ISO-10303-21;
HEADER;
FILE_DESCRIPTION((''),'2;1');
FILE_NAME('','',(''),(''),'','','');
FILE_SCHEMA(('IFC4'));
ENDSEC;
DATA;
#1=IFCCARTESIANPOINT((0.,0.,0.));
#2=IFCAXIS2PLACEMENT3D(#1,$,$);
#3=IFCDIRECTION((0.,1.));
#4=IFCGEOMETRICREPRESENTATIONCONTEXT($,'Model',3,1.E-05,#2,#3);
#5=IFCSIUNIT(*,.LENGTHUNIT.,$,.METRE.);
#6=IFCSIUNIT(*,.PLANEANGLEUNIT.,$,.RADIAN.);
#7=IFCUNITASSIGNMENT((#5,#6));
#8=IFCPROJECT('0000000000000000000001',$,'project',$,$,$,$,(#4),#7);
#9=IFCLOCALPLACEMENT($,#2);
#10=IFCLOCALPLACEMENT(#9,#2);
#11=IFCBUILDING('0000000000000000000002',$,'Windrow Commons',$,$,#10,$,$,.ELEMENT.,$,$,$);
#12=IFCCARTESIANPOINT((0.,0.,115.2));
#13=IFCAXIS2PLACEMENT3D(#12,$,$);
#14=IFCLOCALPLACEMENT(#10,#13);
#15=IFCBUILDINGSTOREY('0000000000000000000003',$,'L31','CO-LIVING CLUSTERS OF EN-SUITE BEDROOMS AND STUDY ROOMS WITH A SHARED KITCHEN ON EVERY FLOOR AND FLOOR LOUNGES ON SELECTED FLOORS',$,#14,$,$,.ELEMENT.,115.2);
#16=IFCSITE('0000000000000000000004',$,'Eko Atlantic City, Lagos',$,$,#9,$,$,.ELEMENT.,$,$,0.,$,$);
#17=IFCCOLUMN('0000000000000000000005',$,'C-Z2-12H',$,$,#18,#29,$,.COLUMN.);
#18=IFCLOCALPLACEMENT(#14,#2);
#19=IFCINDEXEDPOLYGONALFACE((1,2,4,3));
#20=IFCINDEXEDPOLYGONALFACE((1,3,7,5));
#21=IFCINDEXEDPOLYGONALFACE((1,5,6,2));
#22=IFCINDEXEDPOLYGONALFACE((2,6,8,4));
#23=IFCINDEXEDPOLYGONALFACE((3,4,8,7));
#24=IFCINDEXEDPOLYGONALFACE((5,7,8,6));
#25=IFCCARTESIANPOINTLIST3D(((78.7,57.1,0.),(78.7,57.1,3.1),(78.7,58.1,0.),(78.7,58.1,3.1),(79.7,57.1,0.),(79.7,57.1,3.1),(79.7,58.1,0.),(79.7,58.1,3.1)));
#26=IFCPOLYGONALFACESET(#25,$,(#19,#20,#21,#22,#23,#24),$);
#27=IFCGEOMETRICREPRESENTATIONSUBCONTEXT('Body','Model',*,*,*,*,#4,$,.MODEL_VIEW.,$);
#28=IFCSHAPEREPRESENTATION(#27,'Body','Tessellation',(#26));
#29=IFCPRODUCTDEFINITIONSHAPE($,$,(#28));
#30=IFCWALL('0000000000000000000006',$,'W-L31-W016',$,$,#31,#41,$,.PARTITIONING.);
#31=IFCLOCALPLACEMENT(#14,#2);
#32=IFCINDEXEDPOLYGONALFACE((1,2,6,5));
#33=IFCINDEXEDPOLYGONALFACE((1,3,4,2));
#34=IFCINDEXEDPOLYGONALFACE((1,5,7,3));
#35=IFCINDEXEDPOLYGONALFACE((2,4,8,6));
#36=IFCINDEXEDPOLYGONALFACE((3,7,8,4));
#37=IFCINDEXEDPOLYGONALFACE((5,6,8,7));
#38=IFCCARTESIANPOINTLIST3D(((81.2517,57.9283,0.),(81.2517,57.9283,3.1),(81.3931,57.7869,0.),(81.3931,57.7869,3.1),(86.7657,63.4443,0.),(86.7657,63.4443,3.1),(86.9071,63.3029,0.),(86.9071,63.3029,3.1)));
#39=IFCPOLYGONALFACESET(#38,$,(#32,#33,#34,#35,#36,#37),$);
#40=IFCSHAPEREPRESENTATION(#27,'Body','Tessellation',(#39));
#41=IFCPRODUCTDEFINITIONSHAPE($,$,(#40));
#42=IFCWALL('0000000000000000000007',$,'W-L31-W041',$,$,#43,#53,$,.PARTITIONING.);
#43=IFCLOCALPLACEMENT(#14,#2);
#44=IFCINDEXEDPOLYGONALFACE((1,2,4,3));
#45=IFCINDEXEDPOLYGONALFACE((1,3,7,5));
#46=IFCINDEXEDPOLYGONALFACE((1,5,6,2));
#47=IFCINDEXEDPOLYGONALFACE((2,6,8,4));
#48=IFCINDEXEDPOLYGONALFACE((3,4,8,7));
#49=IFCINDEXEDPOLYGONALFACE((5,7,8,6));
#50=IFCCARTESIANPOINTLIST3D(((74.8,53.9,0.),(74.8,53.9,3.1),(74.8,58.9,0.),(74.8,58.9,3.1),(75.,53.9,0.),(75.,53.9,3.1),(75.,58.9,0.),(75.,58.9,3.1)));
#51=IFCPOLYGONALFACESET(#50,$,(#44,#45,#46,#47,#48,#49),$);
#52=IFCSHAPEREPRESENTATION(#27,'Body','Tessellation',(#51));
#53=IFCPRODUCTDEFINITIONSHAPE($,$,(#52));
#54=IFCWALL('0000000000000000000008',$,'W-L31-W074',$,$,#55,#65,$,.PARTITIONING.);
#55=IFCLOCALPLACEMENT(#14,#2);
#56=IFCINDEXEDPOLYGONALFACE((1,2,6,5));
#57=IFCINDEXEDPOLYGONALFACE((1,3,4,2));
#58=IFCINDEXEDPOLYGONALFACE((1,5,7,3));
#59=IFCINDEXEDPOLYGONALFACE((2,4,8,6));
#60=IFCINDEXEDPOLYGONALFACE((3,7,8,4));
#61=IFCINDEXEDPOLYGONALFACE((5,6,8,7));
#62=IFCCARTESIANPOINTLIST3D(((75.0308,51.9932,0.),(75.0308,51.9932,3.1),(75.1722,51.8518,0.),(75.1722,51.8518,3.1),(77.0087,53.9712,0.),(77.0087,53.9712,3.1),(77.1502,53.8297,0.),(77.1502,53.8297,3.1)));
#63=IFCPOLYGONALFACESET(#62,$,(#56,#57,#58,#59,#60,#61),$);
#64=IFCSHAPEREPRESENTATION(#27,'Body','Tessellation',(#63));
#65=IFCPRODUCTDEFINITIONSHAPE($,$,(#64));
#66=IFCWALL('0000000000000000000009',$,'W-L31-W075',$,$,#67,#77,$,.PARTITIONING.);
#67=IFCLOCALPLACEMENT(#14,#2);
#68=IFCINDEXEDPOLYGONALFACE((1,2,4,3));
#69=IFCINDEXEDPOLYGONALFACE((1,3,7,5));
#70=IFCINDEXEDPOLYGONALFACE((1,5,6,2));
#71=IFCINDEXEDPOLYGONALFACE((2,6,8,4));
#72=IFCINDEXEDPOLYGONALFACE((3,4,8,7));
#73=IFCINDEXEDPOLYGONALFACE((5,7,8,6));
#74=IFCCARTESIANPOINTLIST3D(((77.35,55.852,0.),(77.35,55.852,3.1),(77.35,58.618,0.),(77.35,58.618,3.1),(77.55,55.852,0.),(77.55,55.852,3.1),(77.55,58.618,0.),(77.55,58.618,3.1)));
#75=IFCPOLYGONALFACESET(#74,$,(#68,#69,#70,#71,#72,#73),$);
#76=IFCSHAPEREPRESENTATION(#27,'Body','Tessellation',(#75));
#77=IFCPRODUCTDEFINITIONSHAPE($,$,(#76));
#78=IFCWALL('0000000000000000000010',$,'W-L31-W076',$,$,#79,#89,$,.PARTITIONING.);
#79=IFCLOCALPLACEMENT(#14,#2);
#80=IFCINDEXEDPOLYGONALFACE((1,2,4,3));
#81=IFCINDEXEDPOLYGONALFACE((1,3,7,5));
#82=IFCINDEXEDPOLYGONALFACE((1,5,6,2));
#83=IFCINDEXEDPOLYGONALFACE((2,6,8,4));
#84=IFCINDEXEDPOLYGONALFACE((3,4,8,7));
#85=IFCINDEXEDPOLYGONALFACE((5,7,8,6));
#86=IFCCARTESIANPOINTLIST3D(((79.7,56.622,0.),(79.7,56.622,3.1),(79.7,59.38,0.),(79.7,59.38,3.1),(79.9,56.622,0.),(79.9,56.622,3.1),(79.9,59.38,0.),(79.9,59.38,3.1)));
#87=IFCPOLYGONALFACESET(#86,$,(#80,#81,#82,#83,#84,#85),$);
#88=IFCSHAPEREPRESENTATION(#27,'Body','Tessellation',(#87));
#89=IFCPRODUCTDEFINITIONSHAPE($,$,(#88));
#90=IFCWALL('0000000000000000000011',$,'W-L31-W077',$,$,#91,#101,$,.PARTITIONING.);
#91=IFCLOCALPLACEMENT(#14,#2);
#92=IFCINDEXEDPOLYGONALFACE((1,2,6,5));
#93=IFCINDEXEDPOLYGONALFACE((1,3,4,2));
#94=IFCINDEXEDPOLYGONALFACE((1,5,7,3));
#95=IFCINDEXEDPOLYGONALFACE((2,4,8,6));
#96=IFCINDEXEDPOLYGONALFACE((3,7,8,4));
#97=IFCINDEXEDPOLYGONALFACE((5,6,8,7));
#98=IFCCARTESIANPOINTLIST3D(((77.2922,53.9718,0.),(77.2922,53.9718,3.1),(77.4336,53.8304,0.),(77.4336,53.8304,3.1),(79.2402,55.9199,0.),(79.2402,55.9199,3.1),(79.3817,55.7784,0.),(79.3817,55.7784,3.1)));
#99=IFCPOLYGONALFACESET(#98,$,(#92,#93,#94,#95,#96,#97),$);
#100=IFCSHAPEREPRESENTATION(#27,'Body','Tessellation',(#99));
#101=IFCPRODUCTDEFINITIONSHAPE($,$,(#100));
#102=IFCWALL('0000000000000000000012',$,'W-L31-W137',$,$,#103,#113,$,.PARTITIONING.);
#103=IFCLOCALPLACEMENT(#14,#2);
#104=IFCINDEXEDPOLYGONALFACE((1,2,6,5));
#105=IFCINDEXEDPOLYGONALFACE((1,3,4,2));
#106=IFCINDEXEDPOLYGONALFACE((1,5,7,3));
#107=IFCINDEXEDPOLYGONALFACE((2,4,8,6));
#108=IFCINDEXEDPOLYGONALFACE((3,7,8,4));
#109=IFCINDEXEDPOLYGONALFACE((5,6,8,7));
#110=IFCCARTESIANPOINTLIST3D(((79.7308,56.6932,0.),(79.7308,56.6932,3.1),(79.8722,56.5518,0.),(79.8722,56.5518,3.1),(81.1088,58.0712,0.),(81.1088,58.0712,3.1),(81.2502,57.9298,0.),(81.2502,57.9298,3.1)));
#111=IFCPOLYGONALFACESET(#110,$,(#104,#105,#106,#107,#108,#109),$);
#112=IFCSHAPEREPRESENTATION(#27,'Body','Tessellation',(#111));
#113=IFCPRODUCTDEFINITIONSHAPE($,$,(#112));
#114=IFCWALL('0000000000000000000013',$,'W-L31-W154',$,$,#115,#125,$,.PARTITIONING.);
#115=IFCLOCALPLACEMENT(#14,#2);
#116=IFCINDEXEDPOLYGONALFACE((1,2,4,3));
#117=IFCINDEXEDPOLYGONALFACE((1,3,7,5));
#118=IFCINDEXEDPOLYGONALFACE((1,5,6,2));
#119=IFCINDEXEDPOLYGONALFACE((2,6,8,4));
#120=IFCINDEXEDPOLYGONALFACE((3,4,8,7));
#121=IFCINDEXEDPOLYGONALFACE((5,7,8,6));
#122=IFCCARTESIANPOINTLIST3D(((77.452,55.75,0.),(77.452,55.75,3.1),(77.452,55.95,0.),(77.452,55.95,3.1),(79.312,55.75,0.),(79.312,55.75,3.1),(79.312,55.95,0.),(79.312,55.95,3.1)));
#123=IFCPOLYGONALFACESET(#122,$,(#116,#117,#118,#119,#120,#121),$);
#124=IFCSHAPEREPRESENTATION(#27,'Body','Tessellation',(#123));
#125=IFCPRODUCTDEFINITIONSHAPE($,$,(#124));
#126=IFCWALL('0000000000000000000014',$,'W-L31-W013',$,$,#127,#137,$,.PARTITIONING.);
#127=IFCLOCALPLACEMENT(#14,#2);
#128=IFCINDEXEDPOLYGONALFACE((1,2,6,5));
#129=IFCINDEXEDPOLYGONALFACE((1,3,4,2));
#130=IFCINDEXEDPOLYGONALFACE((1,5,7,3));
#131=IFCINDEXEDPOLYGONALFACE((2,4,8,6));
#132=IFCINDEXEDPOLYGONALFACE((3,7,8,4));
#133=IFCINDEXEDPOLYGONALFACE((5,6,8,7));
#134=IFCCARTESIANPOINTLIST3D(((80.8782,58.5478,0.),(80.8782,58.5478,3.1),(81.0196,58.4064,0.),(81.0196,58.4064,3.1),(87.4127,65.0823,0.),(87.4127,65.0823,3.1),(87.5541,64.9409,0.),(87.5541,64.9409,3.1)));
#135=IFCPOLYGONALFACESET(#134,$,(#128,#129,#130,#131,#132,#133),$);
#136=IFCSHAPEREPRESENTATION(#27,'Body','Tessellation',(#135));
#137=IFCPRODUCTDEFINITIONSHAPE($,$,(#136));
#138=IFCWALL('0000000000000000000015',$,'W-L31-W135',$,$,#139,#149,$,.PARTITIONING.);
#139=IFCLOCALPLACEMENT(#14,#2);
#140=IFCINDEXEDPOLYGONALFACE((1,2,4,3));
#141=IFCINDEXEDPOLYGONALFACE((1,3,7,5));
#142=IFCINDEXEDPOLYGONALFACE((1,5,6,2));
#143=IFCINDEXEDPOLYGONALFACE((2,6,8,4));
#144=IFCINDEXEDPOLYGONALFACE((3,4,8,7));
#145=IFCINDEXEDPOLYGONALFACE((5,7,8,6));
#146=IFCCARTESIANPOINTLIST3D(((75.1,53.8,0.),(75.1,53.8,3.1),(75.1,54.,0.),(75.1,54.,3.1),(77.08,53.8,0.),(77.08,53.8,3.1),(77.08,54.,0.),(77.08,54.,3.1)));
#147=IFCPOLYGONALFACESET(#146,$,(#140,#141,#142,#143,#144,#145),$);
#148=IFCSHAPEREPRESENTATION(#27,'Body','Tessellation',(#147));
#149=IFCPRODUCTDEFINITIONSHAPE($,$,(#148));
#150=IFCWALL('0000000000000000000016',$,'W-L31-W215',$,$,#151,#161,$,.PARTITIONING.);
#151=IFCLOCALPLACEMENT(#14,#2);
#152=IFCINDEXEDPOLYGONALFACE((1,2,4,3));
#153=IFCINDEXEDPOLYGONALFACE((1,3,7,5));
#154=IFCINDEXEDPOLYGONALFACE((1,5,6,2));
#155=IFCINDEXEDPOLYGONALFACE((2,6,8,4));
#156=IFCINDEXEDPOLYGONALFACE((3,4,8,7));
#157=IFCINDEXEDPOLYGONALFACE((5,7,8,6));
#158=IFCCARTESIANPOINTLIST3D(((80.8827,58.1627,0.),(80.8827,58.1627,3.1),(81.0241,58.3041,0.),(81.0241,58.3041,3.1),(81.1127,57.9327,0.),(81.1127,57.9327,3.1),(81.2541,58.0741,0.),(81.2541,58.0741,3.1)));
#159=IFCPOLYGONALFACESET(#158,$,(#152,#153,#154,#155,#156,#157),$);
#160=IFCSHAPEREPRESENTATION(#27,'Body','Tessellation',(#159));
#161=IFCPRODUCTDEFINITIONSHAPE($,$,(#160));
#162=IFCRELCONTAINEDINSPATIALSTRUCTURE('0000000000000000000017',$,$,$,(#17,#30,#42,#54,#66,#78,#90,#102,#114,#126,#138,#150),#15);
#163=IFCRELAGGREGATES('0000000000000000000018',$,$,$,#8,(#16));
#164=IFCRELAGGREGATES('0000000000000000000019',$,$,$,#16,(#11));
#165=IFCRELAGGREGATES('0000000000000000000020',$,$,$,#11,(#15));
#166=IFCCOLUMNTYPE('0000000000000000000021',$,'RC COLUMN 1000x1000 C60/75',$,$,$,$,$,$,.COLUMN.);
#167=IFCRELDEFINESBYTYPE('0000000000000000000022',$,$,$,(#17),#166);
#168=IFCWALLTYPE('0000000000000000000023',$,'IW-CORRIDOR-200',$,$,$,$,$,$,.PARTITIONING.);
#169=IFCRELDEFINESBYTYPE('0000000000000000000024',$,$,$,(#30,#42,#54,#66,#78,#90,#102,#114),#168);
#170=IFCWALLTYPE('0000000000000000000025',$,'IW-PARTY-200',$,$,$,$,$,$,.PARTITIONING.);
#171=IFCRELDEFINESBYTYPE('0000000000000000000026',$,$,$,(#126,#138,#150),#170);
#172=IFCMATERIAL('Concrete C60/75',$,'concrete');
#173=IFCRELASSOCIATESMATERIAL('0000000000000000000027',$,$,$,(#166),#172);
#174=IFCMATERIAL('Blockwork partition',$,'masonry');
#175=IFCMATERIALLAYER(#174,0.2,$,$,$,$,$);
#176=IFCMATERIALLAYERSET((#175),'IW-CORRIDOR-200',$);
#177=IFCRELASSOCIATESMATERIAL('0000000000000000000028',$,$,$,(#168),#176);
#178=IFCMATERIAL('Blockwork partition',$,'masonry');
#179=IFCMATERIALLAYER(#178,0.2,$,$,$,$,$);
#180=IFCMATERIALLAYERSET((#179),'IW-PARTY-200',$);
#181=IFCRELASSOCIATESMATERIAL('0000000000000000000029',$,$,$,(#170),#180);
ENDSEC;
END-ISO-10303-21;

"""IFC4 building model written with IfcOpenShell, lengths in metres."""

from ifc_helpers import new_model, si_unit, direction, frame, frame_2d, origin, origin_2d, place, context, subcontext, project, spatial, rectangle, extrude, material, layer, layer_set, material_profile, profile_set, type_object, element, save


model = new_model("IFC4")

# Units and contexts
model_context = context("Model", 3, precision=1e-05, world=origin(), true_north=direction((0.0, 1.0)))
body_context = subcontext(model_context, "Body", "Model", "MODEL_VIEW")
ifc_project = project(units=[si_unit("LENGTHUNIT", "METRE"), si_unit("PLANEANGLEUNIT", "RADIAN")], contexts=[model_context])

# Site, building, storey
site_placement = place(None, origin())
site = spatial("IfcSite", under=ifc_project, at=site_placement, Name="Eko Atlantic City, Lagos", CompositionType="ELEMENT", RefElevation=0.0)
building_placement = place(site_placement, origin())
building = spatial("IfcBuilding", under=site, at=building_placement, Name="Windrow Commons", CompositionType="ELEMENT")
storey_placement = place(building_placement, frame((0.0, 0.0, 115.2)))
storey = spatial("IfcBuildingStorey", under=building, at=storey_placement, Name="L31", Description="CO-LIVING CLUSTERS OF EN-SUITE BEDROOMS AND STUDY ROOMS WITH A SHARED KITCHEN ON EVERY FLOOR AND FLOOR LOUNGES ON SELECTED FLOORS", CompositionType="ELEMENT", Elevation=115.2)

# Column
ifc_material_1 = material(Name="Concrete C60/75", Category="concrete")
ifc_material_profile = material_profile(ifc_material_1, rectangle(XDim=1.0, YDim=1.0, at=origin_2d()))
ifc_profile_set = profile_set([ifc_material_profile], Name="Concrete C60/75")
column_type = type_object("IfcColumnType", Name="RC COLUMN 1000x1000 C60/75", PredefinedType="COLUMN", material=ifc_profile_set)
column_placement = place(storey_placement, frame((79.2, 57.6, 0.0), z_axis=(0.0, 0.0, 1.0), x_axis=(1.0, 0.0, 0.0)))
element("IfcColumn", 1, at=column_placement, inside=storey, type_object=column_type, Name="C-Z2-12H", PredefinedType="COLUMN", context=body_context, shape_type="SweptSolid", body=[
    extrude(rectangle(XDim=1.0, YDim=1.0, at=origin_2d()), origin(), (0.0, 0.0, 1.0), 3.1),
])

# Walls
ifc_material_2 = material(Name="Blockwork partition", Category="masonry")
ifc_layer_1 = layer(ifc_material_2, 0.2)
ifc_layer_set_1 = layer_set([ifc_layer_1], Name="IW-CORRIDOR-200")
wall_type_1 = type_object("IfcWallType", Name="IW-CORRIDOR-200", PredefinedType="PARTITIONING", material=ifc_layer_set_1)
wall_1_placement = place(storey_placement, frame((81.3224, 57.8576, 0.0), z_axis=(0.0, 0.0, 1.0), x_axis=(0.706979, 0.707235, 0.0)))
element("IfcWall", 2, at=wall_1_placement, inside=storey, type_object=wall_type_1, Name="W-L31-W016", PredefinedType="PARTITIONING", context=body_context, shape_type="SweptSolid", body=[
    extrude(rectangle(XDim=7.7994, YDim=0.2, at=frame_2d((3.8997, 0.0))), origin(), (0.0, 0.0, 1.0), 3.1),
])
wall_2_placement = place(storey_placement, frame((74.9, 53.9, 0.0), z_axis=(0.0, 0.0, 1.0), x_axis=(0.0, 1.0, 0.0)))
element("IfcWall", 3, at=wall_2_placement, inside=storey, type_object=wall_type_1, Name="W-L31-W041", PredefinedType="PARTITIONING", context=body_context, shape_type="SweptSolid", body=[
    extrude(rectangle(XDim=5.0, YDim=0.2, at=frame_2d((2.5, 0.0))), origin(), (0.0, 0.0, 1.0), 3.1),
])
wall_3_placement = place(storey_placement, frame((75.1015, 51.9225, 0.0), z_axis=(0.0, 0.0, 1.0), x_axis=(0.707107, 0.707107, 0.0)))
element("IfcWall", 4, at=wall_3_placement, inside=storey, type_object=wall_type_1, Name="W-L31-W074", PredefinedType="PARTITIONING", context=body_context, shape_type="SweptSolid", body=[
    extrude(rectangle(XDim=2.7973, YDim=0.2, at=frame_2d((1.3986, 0.0))), origin(), (0.0, 0.0, 1.0), 3.1),
])
wall_4_placement = place(storey_placement, frame((77.45, 55.852, 0.0), z_axis=(0.0, 0.0, 1.0), x_axis=(0.0, 1.0, 0.0)))
element("IfcWall", 5, at=wall_4_placement, inside=storey, type_object=wall_type_1, Name="W-L31-W075", PredefinedType="PARTITIONING", context=body_context, shape_type="SweptSolid", body=[
    extrude(rectangle(XDim=2.766, YDim=0.2, at=frame_2d((1.383, 0.0))), origin(), (0.0, 0.0, 1.0), 3.1),
])
wall_5_placement = place(storey_placement, frame((79.8, 56.622, 0.0), z_axis=(0.0, 0.0, 1.0), x_axis=(0.0, 1.0, 0.0)))
element("IfcWall", 6, at=wall_5_placement, inside=storey, type_object=wall_type_1, Name="W-L31-W076", PredefinedType="PARTITIONING", context=body_context, shape_type="SweptSolid", body=[
    extrude(rectangle(XDim=2.758, YDim=0.2, at=frame_2d((1.379, 0.0))), origin(), (0.0, 0.0, 1.0), 3.1),
])
wall_6_placement = place(storey_placement, frame((77.3629, 53.9011, 0.0), z_axis=(0.0, 0.0, 1.0), x_axis=(0.707107, 0.707107, 0.0)))
element("IfcWall", 7, at=wall_6_placement, inside=storey, type_object=wall_type_1, Name="W-L31-W077", PredefinedType="PARTITIONING", context=body_context, shape_type="SweptSolid", body=[
    extrude(rectangle(XDim=2.7549, YDim=0.2, at=frame_2d((1.3775, 0.0))), origin(), (0.0, 0.0, 1.0), 3.1),
])
wall_7_placement = place(storey_placement, frame((79.8015, 56.6225, 0.0), z_axis=(0.0, 0.0, 1.0), x_axis=(0.707107, 0.707107, 0.0)))
element("IfcWall", 8, at=wall_7_placement, inside=storey, type_object=wall_type_1, Name="W-L31-W137", PredefinedType="PARTITIONING", context=body_context, shape_type="SweptSolid", body=[
    extrude(rectangle(XDim=1.9488, YDim=0.2, at=frame_2d((0.9744, 0.0))), origin(), (0.0, 0.0, 1.0), 3.1),
])
wall_8_placement = place(storey_placement, frame((77.452, 55.85, 0.0), z_axis=(0.0, 0.0, 1.0), x_axis=(1.0, 0.0, 0.0)))
element("IfcWall", 9, at=wall_8_placement, inside=storey, type_object=wall_type_1, Name="W-L31-W154", PredefinedType="PARTITIONING", context=body_context, shape_type="SweptSolid", body=[
    extrude(rectangle(XDim=1.86, YDim=0.2, at=frame_2d((0.93, 0.0))), origin(), (0.0, 0.0, 1.0), 3.1),
])
ifc_material_3 = material(Name="Blockwork partition", Category="masonry")
ifc_layer_2 = layer(ifc_material_3, 0.2)
ifc_layer_set_2 = layer_set([ifc_layer_2], Name="IW-PARTY-200")
wall_type_2 = type_object("IfcWallType", Name="IW-PARTY-200", PredefinedType="PARTITIONING", material=ifc_layer_set_2)
wall_9_placement = place(storey_placement, frame((80.9489, 58.4771, 0.0), z_axis=(0.0, 0.0, 1.0), x_axis=(0.707107, 0.707107, 0.0)))
element("IfcWall", 10, at=wall_9_placement, inside=storey, type_object=wall_type_2, Name="W-L31-W013", PredefinedType="PARTITIONING", context=body_context, shape_type="SweptSolid", body=[
    extrude(rectangle(XDim=9.2412, YDim=0.2, at=frame_2d((4.6206, 0.0))), origin(), (0.0, 0.0, 1.0), 3.1),
])
wall_10_placement = place(storey_placement, frame((75.1, 53.9, 0.0), z_axis=(0.0, 0.0, 1.0), x_axis=(1.0, 0.0, 0.0)))
element("IfcWall", 11, at=wall_10_placement, inside=storey, type_object=wall_type_2, Name="W-L31-W135", PredefinedType="PARTITIONING", context=body_context, shape_type="SweptSolid", body=[
    extrude(rectangle(XDim=1.98, YDim=0.2, at=frame_2d((0.99, 0.0))), origin(), (0.0, 0.0, 1.0), 3.1),
])
wall_11_placement = place(storey_placement, frame((80.9534, 58.2334, 0.0), z_axis=(0.0, 0.0, 1.0), x_axis=(0.707107, -0.707107, 0.0)))
element("IfcWall", 12, at=wall_11_placement, inside=storey, type_object=wall_type_2, Name="W-L31-W215", PredefinedType="PARTITIONING", context=body_context, shape_type="SweptSolid", body=[
    extrude(rectangle(XDim=0.3253, YDim=0.2, at=frame_2d((0.1626, 0.0))), origin(), (0.0, 0.0, 1.0), 3.1),
])

save(model, "model.ifc")
